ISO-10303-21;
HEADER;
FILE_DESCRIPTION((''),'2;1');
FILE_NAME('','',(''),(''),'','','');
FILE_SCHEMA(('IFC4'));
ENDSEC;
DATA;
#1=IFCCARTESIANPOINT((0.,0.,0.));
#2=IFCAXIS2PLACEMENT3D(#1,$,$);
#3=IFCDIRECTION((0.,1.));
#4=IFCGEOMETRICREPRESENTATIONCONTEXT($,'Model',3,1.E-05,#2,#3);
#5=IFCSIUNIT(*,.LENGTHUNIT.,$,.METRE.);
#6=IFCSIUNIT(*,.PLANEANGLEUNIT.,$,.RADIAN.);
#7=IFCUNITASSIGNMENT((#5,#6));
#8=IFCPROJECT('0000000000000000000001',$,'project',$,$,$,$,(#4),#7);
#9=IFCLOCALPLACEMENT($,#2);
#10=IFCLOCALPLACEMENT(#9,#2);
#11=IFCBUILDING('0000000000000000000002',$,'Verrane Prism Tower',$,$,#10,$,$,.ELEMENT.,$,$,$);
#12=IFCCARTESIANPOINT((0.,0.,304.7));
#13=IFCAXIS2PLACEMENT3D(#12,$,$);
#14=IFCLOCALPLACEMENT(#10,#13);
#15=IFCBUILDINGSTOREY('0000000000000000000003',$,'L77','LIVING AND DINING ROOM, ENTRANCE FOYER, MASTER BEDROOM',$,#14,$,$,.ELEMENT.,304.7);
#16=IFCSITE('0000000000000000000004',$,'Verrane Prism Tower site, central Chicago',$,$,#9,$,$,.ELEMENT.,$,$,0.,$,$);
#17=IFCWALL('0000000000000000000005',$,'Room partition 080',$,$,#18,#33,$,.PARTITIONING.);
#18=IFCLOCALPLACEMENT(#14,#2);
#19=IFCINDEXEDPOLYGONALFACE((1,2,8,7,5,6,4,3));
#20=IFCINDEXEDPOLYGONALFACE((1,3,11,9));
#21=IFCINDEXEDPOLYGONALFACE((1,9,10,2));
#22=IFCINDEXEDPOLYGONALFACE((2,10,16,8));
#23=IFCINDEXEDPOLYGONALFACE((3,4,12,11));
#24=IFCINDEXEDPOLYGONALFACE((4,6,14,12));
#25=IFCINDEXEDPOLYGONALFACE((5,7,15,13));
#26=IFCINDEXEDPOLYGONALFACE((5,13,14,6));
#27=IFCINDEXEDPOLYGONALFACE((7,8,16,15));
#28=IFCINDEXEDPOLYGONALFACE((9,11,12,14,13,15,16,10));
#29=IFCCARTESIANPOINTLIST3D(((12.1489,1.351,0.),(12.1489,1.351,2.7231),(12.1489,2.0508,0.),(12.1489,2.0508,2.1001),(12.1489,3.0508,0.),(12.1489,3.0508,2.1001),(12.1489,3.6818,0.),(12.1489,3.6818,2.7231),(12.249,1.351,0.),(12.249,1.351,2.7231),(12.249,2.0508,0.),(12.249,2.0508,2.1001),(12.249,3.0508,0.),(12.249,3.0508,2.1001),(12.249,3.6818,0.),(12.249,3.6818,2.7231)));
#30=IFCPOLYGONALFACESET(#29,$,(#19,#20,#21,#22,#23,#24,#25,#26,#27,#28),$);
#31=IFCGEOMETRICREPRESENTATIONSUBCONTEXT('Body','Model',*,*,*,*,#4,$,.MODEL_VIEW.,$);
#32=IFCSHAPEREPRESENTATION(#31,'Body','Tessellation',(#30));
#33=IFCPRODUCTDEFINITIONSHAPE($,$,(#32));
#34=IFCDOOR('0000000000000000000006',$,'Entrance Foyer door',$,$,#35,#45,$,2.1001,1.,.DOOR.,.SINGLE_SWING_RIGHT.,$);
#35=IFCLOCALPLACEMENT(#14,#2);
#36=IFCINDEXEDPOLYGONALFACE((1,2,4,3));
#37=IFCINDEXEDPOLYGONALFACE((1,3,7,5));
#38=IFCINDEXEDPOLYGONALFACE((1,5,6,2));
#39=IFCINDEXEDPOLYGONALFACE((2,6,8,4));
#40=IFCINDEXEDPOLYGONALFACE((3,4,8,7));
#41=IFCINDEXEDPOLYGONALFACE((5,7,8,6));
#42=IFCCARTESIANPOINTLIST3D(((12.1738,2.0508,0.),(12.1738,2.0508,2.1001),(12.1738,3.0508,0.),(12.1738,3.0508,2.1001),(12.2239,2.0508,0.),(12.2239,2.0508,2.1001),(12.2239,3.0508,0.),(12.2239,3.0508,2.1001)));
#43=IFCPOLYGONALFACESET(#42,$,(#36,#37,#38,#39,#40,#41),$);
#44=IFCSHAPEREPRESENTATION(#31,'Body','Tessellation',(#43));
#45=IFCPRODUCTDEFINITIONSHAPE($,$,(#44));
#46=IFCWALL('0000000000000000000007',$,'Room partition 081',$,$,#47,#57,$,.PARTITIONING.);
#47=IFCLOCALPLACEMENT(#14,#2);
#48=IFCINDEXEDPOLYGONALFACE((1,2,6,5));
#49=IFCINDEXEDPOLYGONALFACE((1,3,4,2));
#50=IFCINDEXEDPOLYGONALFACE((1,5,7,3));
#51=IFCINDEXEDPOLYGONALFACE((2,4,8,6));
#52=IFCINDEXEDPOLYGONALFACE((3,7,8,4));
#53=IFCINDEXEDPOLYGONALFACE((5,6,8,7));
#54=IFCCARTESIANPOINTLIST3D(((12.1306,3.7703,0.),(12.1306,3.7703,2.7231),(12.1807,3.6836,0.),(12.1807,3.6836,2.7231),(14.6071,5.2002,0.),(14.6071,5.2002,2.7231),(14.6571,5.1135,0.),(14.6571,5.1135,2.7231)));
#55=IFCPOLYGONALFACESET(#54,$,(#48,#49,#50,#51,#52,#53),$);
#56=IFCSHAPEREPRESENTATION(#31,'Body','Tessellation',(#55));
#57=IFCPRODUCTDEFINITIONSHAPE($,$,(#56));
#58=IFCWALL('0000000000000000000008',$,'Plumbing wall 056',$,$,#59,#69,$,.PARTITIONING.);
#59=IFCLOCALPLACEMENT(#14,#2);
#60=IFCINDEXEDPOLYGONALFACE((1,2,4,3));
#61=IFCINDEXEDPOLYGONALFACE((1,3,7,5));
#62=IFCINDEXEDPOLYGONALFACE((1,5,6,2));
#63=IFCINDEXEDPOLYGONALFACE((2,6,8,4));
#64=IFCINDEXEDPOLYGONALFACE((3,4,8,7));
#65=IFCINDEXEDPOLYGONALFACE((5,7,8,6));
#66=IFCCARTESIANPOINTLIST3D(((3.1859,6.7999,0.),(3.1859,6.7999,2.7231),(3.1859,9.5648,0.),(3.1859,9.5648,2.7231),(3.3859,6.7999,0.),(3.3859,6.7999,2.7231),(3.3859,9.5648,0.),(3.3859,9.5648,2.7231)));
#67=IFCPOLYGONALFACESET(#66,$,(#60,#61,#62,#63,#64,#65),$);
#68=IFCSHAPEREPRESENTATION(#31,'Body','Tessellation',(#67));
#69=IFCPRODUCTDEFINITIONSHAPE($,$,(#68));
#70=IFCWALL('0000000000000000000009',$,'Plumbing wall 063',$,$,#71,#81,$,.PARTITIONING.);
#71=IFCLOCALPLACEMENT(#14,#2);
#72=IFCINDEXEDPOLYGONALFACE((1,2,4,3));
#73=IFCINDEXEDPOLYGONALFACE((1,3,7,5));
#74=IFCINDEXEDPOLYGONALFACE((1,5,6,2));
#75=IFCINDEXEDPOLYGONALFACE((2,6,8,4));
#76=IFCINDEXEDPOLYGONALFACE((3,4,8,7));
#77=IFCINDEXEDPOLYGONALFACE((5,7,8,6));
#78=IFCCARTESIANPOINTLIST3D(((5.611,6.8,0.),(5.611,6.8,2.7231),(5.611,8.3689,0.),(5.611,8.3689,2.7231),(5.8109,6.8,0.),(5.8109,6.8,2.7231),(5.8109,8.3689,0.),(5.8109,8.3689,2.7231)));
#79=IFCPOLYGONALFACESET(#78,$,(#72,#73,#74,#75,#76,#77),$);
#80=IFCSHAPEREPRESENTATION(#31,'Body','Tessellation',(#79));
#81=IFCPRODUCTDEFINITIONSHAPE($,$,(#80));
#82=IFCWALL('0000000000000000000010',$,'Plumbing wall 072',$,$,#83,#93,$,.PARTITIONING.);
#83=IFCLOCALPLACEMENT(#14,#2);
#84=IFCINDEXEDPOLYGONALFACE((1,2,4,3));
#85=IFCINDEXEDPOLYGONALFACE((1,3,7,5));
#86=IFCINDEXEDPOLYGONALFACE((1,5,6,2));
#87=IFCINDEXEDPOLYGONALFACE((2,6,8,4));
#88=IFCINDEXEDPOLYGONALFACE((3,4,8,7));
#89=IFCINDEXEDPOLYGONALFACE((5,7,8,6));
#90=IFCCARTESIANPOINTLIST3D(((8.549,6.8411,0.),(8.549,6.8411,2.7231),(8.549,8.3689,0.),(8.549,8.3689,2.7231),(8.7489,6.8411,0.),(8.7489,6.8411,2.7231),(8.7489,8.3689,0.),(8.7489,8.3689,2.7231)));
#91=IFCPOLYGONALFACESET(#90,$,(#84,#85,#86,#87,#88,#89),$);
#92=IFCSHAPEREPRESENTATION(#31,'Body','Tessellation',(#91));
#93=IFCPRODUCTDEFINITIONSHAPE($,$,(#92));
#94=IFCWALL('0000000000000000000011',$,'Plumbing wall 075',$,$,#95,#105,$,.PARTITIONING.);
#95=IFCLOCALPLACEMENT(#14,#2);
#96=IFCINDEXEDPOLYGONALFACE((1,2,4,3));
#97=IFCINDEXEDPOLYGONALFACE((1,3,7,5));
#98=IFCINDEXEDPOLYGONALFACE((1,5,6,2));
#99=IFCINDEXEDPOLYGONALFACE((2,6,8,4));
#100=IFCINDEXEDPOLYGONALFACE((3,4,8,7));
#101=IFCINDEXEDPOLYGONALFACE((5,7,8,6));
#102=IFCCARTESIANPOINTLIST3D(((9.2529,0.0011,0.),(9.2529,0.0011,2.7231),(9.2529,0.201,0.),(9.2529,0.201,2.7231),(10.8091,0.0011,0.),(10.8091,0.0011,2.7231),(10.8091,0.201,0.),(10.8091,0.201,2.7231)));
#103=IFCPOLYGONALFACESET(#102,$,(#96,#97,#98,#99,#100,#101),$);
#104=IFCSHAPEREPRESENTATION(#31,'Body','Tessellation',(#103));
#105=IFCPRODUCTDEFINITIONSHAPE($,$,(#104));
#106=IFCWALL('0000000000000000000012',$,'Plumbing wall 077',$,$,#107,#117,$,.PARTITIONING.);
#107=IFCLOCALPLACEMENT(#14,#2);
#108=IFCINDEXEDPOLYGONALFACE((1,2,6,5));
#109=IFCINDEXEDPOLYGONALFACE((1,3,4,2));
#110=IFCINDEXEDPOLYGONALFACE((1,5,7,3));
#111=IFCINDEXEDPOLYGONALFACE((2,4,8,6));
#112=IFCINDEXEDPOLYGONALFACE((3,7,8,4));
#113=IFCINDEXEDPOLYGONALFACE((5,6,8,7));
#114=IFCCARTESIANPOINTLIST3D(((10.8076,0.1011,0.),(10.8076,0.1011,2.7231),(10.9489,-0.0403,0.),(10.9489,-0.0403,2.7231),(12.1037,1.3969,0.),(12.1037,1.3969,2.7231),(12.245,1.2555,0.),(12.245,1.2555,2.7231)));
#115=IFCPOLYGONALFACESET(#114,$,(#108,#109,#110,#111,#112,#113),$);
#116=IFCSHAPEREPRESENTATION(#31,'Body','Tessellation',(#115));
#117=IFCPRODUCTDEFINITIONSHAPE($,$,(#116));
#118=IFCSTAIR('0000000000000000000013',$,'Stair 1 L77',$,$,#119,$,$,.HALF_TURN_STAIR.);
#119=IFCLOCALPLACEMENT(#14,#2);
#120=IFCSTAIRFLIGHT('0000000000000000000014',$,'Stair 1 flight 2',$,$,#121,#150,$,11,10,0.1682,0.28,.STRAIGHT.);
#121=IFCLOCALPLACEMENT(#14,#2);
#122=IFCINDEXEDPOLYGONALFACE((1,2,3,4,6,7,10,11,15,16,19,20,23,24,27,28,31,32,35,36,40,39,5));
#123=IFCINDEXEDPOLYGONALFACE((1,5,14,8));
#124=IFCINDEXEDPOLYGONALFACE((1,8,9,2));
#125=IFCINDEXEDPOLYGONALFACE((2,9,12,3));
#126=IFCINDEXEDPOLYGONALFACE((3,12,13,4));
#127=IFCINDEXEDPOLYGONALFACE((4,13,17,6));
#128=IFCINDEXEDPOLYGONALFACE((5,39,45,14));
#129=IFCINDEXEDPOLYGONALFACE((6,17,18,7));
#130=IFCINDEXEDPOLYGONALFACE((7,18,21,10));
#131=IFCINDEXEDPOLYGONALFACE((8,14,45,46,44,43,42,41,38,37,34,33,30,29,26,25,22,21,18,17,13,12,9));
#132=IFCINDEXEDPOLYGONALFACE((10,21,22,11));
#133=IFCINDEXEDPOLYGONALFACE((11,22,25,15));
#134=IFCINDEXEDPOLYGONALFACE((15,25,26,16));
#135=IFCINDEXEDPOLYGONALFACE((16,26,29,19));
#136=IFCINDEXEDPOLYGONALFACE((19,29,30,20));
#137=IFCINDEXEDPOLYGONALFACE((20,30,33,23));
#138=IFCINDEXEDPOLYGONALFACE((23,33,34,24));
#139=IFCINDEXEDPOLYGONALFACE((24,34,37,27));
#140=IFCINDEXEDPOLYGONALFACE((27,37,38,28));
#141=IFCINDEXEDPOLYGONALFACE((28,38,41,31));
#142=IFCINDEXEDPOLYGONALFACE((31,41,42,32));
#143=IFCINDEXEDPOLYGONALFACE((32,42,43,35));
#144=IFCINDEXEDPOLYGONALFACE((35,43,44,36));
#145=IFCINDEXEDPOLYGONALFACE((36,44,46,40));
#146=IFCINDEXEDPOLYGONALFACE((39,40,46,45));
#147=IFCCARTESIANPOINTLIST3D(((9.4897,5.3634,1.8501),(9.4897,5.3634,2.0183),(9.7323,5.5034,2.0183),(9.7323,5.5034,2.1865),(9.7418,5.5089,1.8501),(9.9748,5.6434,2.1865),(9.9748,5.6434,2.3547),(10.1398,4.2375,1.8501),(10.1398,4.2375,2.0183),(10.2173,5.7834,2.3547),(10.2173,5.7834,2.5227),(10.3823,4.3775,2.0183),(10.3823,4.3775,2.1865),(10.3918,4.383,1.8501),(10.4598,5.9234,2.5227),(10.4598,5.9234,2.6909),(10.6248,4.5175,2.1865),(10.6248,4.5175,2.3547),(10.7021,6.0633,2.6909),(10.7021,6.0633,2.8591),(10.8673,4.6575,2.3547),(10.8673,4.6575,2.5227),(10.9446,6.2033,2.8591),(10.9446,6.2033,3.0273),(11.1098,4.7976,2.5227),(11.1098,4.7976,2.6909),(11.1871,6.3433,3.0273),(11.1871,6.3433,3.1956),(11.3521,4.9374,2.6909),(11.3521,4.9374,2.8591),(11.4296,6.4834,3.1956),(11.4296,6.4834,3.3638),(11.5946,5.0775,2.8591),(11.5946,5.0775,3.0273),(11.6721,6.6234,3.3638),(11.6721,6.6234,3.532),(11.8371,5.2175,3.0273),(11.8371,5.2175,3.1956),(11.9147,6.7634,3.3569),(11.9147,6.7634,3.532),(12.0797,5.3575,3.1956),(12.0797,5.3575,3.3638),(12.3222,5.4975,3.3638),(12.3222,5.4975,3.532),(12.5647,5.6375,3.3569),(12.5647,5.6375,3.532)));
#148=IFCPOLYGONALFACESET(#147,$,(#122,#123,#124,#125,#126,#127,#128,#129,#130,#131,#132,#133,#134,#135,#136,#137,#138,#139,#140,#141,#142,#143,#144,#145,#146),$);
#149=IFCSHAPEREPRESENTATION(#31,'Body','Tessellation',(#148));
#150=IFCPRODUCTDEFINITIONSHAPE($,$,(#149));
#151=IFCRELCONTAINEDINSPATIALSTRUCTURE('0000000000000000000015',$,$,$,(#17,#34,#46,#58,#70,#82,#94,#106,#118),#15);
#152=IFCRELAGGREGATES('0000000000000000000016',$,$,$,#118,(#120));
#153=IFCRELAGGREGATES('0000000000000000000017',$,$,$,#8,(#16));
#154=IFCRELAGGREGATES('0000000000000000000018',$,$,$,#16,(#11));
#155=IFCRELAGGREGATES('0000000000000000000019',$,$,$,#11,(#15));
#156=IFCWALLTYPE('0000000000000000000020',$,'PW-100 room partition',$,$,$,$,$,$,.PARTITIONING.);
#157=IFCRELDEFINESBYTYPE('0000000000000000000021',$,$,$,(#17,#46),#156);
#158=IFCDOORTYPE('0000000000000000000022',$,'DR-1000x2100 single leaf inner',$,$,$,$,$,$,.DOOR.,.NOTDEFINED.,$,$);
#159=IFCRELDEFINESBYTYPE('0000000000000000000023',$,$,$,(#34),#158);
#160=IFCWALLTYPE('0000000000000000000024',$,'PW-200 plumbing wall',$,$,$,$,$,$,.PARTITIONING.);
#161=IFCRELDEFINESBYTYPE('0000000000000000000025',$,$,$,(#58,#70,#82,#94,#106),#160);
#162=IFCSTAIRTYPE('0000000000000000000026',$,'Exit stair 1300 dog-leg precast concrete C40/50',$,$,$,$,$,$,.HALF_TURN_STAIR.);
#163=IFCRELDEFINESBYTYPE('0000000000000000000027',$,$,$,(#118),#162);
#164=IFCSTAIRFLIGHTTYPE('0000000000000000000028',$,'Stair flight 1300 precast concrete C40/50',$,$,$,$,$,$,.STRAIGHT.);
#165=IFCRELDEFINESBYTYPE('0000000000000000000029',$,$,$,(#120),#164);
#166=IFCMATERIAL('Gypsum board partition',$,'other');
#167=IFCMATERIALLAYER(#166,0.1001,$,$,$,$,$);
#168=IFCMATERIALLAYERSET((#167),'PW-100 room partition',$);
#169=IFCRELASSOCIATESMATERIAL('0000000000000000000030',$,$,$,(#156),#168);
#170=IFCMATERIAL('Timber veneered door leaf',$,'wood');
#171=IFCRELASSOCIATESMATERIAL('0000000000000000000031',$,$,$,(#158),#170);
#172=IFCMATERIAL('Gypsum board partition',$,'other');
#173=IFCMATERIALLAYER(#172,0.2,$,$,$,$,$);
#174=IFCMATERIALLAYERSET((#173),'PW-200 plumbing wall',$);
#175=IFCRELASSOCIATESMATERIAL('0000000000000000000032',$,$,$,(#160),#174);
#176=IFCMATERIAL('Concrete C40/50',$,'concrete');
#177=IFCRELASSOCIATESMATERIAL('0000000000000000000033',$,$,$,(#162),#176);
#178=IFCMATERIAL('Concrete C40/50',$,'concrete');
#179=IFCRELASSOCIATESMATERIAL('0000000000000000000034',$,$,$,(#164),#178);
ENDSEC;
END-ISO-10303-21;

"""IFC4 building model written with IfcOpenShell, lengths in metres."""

from ifc_helpers import new_model, si_unit, direction, frame, frame_2d, origin, place, context, subcontext, project, spatial, polyline, rectangle, outline, extrude, material, layer, layer_set, type_object, element, fill, aggregate, save


model = new_model("IFC4")

# Units and contexts
model_context = context("Model", 3, precision=1e-05, world=origin(), true_north=direction((0.0, 1.0)))
body_context = subcontext(model_context, "Body", "Model", "MODEL_VIEW")
ifc_project = project(units=[si_unit("LENGTHUNIT", "METRE"), si_unit("PLANEANGLEUNIT", "RADIAN")], contexts=[model_context])

# Site, building, storey
site_placement = place(None, origin())
site = spatial("IfcSite", under=ifc_project, at=site_placement, Name="Verrane Prism Tower site, central Chicago", CompositionType="ELEMENT", RefElevation=0.0)
building_placement = place(site_placement, origin())
building = spatial("IfcBuilding", under=site, at=building_placement, Name="Verrane Prism Tower", CompositionType="ELEMENT")
storey_placement = place(building_placement, frame((0.0, 0.0, 304.7)))
storey = spatial("IfcBuildingStorey", under=building, at=storey_placement, Name="L77", Description="LIVING AND DINING ROOM, ENTRANCE FOYER, MASTER BEDROOM", CompositionType="ELEMENT", Elevation=304.7)

# Wall, opening, door
ifc_material_1 = material(Name="Gypsum board partition", Category="other")
ifc_layer_1 = layer(ifc_material_1, 0.1001)
ifc_layer_set_1 = layer_set([ifc_layer_1], Name="PW-100 room partition")
wall_type_1 = type_object("IfcWallType", Name="PW-100 room partition", PredefinedType="PARTITIONING", material=ifc_layer_set_1)
wall_1_placement = place(storey_placement, frame((12.199, 3.6819, 0.0), z_axis=(0.0, 0.0, 1.0), x_axis=(0.0, -1.0, 0.0)))
wall_1 = element("IfcWall", 1, at=wall_1_placement, inside=storey, type_object=wall_type_1, Name="Room partition 080", PredefinedType="PARTITIONING", context=body_context, shape_type="SweptSolid", body=[
    extrude(rectangle(XDim=2.3308, YDim=0.1001, at=frame_2d((1.1655, 0.0))), origin(), (0.0, 0.0, 1.0), 2.7231),
])
opening_1_placement = place(wall_1_placement, frame((0.6311, 0.0, 0.0)))
opening_1 = element("IfcOpeningElement", 2, at=opening_1_placement, cuts=wall_1, PredefinedType="OPENING", context=body_context, shape_type="SweptSolid", body=[
    extrude(rectangle(XDim=1.0, YDim=2.1001, at=frame_2d((0.5, 1.05))), frame((0.0, 0.0601, 0.0), z_axis=(0.0, -1.0, 0.0), x_axis=(1.0, 0.0, 0.0)), (0.0, 0.0, 1.0), 0.1201),
])
ifc_material_2 = material(Name="Timber veneered door leaf", Category="wood")
door_type_1 = type_object("IfcDoorType", Name="DR-1000x2100 single leaf inner", OperationType="NOTDEFINED", PredefinedType="DOOR", material=ifc_material_2)
door_1_placement = place(opening_1_placement, origin())
door_1 = element("IfcDoor", 3, at=door_1_placement, inside=storey, type_object=door_type_1, Name="Entrance Foyer door", OperationType="SINGLE_SWING_RIGHT", OverallHeight=2.1001, OverallWidth=1.0, PredefinedType="DOOR", context=body_context, shape_type="SweptSolid", body=[
    extrude(rectangle(XDim=1.0, YDim=2.1001, at=frame_2d((0.5, 1.05))), frame((0.0, 0.0249, 0.0), z_axis=(0.0, -1.0, 0.0), x_axis=(1.0, 0.0, 0.0)), (0.0, 0.0, 1.0), 0.05),
])
fill(opening_1, door_1)

# Walls
wall_2_placement = place(storey_placement, frame((12.1558, 3.7271, 0.0), z_axis=(0.0, 0.0, 1.0), x_axis=(0.866012, 0.500023, 0.0)))
element("IfcWall", 4, at=wall_2_placement, inside=storey, type_object=wall_type_1, Name="Room partition 081", PredefinedType="PARTITIONING", context=body_context, shape_type="SweptSolid", body=[
    extrude(rectangle(XDim=2.8596, YDim=0.1001, at=frame_2d((1.4297, 0.0))), origin(), (0.0, 0.0, 1.0), 2.7231),
])
ifc_material_3 = material(Name="Gypsum board partition", Category="other")
ifc_layer_2 = layer(ifc_material_3, 0.2)
ifc_layer_set_2 = layer_set([ifc_layer_2], Name="PW-200 plumbing wall")
wall_type_2 = type_object("IfcWallType", Name="PW-200 plumbing wall", PredefinedType="PARTITIONING", material=ifc_layer_set_2)
wall_3_placement = place(storey_placement, frame((3.2859, 6.8, 0.0), z_axis=(0.0, 0.0, 1.0), x_axis=(0.0, 1.0, 0.0)))
element("IfcWall", 5, at=wall_3_placement, inside=storey, type_object=wall_type_2, Name="Plumbing wall 056", PredefinedType="PARTITIONING", context=body_context, shape_type="SweptSolid", body=[
    extrude(rectangle(XDim=2.7649, YDim=0.2, at=frame_2d((1.3823, 0.0))), origin(), (0.0, 0.0, 1.0), 2.7231),
])
wall_4_placement = place(storey_placement, frame((5.7109, 6.8, 0.0), z_axis=(0.0, 0.0, 1.0), x_axis=(0.0, 1.0, 0.0)))
element("IfcWall", 6, at=wall_4_placement, inside=storey, type_object=wall_type_2, Name="Plumbing wall 063", PredefinedType="PARTITIONING", context=body_context, shape_type="SweptSolid", body=[
    extrude(rectangle(XDim=1.5688, YDim=0.2, at=frame_2d((0.7844, 0.0))), origin(), (0.0, 0.0, 1.0), 2.7231),
])
wall_5_placement = place(storey_placement, frame((8.6489, 6.8411, 0.0), z_axis=(0.0, 0.0, 1.0), x_axis=(0.0, 1.0, 0.0)))
element("IfcWall", 7, at=wall_5_placement, inside=storey, type_object=wall_type_2, Name="Plumbing wall 072", PredefinedType="PARTITIONING", context=body_context, shape_type="SweptSolid", body=[
    extrude(rectangle(XDim=1.5278, YDim=0.2, at=frame_2d((0.7639, 0.0))), origin(), (0.0, 0.0, 1.0), 2.7231),
])
wall_6_placement = place(storey_placement, frame((9.2529, 0.1011, 0.0), z_axis=(0.0, 0.0, 1.0), x_axis=(1.0, 0.0, 0.0)))
element("IfcWall", 8, at=wall_6_placement, inside=storey, type_object=wall_type_2, Name="Plumbing wall 075", PredefinedType="PARTITIONING", context=body_context, shape_type="SweptSolid", body=[
    extrude(rectangle(XDim=1.5562, YDim=0.2, at=frame_2d((0.7781, 0.0))), origin(), (0.0, 0.0, 1.0), 2.7231),
])
wall_7_placement = place(storey_placement, frame((10.8782, 0.0303, 0.0), z_axis=(0.0, 0.0, 1.0), x_axis=(0.707173, 0.70704, 0.0)))
element("IfcWall", 9, at=wall_7_placement, inside=storey, type_object=wall_type_2, Name="Plumbing wall 077", PredefinedType="PARTITIONING", context=body_context, shape_type="SweptSolid", body=[
    extrude(rectangle(XDim=1.8328, YDim=0.2, at=frame_2d((0.9165, 0.0))), origin(), (0.0, 0.0, 1.0), 2.7231),
])

# Stair, stair flight
ifc_material_4 = material(Name="Concrete C40/50", Category="concrete")
stair_type = type_object("IfcStairType", Name="Exit stair 1300 dog-leg precast concrete C40/50", PredefinedType="HALF_TURN_STAIR", material=ifc_material_4)
stair_placement = place(storey_placement, origin())
stair = element("IfcStair", 10, at=stair_placement, inside=storey, type_object=stair_type, Name="Stair 1 L77", PredefinedType="HALF_TURN_STAIR")
ifc_material_5 = material(Name="Concrete C40/50", Category="concrete")
stair_flight_type = type_object("IfcStairFlightType", Name="Stair flight 1300 precast concrete C40/50", PredefinedType="STRAIGHT", material=ifc_material_5)
stair_flight_placement = place(storey_placement, frame((9.8147, 4.8005, 1.8501), z_axis=(0.0, 0.0, 1.0), x_axis=(0.866025, 0.5, 0.0)))
stair_flight = element("IfcStairFlight", 11, at=stair_flight_placement, type_object=stair_flight_type, Name="Stair 1 flight 2", NumberOfRisers=11, NumberOfTreads=10, PredefinedType="STRAIGHT", RiserHeight=0.1682, TreadLength=0.28, context=body_context, shape_type="SweptSolid", body=[
    extrude(outline(polyline([(0.0, 0.0), (0.0, 0.1682), (0.28, 0.1682), (0.28, 0.3364), (0.5601, 0.3364), (0.5601, 0.5046), (0.8401, 0.5046), (0.8401, 0.6726), (1.1201, 0.6726), (1.1201, 0.8408), (1.3999, 0.8408), (1.3999, 1.009), (1.6799, 1.009), (1.6799, 1.1772), (1.96, 1.1772), (1.96, 1.3455), (2.24, 1.3455), (2.24, 1.5137), (2.52, 1.5137), (2.52, 1.6819), (2.8, 1.6819), (2.8, 1.8501), (2.8, 1.5068), (0.291, 0.0), (0.0, 0.0)])), frame((0.0, 0.6499, 0.0), z_axis=(0.0, -1.0, 0.0), x_axis=(1.0, 0.0, 0.0)), (0.0, 0.0, 1.0), 1.3),
])
aggregate(stair, [stair_flight])

save(model, "model.ifc")
